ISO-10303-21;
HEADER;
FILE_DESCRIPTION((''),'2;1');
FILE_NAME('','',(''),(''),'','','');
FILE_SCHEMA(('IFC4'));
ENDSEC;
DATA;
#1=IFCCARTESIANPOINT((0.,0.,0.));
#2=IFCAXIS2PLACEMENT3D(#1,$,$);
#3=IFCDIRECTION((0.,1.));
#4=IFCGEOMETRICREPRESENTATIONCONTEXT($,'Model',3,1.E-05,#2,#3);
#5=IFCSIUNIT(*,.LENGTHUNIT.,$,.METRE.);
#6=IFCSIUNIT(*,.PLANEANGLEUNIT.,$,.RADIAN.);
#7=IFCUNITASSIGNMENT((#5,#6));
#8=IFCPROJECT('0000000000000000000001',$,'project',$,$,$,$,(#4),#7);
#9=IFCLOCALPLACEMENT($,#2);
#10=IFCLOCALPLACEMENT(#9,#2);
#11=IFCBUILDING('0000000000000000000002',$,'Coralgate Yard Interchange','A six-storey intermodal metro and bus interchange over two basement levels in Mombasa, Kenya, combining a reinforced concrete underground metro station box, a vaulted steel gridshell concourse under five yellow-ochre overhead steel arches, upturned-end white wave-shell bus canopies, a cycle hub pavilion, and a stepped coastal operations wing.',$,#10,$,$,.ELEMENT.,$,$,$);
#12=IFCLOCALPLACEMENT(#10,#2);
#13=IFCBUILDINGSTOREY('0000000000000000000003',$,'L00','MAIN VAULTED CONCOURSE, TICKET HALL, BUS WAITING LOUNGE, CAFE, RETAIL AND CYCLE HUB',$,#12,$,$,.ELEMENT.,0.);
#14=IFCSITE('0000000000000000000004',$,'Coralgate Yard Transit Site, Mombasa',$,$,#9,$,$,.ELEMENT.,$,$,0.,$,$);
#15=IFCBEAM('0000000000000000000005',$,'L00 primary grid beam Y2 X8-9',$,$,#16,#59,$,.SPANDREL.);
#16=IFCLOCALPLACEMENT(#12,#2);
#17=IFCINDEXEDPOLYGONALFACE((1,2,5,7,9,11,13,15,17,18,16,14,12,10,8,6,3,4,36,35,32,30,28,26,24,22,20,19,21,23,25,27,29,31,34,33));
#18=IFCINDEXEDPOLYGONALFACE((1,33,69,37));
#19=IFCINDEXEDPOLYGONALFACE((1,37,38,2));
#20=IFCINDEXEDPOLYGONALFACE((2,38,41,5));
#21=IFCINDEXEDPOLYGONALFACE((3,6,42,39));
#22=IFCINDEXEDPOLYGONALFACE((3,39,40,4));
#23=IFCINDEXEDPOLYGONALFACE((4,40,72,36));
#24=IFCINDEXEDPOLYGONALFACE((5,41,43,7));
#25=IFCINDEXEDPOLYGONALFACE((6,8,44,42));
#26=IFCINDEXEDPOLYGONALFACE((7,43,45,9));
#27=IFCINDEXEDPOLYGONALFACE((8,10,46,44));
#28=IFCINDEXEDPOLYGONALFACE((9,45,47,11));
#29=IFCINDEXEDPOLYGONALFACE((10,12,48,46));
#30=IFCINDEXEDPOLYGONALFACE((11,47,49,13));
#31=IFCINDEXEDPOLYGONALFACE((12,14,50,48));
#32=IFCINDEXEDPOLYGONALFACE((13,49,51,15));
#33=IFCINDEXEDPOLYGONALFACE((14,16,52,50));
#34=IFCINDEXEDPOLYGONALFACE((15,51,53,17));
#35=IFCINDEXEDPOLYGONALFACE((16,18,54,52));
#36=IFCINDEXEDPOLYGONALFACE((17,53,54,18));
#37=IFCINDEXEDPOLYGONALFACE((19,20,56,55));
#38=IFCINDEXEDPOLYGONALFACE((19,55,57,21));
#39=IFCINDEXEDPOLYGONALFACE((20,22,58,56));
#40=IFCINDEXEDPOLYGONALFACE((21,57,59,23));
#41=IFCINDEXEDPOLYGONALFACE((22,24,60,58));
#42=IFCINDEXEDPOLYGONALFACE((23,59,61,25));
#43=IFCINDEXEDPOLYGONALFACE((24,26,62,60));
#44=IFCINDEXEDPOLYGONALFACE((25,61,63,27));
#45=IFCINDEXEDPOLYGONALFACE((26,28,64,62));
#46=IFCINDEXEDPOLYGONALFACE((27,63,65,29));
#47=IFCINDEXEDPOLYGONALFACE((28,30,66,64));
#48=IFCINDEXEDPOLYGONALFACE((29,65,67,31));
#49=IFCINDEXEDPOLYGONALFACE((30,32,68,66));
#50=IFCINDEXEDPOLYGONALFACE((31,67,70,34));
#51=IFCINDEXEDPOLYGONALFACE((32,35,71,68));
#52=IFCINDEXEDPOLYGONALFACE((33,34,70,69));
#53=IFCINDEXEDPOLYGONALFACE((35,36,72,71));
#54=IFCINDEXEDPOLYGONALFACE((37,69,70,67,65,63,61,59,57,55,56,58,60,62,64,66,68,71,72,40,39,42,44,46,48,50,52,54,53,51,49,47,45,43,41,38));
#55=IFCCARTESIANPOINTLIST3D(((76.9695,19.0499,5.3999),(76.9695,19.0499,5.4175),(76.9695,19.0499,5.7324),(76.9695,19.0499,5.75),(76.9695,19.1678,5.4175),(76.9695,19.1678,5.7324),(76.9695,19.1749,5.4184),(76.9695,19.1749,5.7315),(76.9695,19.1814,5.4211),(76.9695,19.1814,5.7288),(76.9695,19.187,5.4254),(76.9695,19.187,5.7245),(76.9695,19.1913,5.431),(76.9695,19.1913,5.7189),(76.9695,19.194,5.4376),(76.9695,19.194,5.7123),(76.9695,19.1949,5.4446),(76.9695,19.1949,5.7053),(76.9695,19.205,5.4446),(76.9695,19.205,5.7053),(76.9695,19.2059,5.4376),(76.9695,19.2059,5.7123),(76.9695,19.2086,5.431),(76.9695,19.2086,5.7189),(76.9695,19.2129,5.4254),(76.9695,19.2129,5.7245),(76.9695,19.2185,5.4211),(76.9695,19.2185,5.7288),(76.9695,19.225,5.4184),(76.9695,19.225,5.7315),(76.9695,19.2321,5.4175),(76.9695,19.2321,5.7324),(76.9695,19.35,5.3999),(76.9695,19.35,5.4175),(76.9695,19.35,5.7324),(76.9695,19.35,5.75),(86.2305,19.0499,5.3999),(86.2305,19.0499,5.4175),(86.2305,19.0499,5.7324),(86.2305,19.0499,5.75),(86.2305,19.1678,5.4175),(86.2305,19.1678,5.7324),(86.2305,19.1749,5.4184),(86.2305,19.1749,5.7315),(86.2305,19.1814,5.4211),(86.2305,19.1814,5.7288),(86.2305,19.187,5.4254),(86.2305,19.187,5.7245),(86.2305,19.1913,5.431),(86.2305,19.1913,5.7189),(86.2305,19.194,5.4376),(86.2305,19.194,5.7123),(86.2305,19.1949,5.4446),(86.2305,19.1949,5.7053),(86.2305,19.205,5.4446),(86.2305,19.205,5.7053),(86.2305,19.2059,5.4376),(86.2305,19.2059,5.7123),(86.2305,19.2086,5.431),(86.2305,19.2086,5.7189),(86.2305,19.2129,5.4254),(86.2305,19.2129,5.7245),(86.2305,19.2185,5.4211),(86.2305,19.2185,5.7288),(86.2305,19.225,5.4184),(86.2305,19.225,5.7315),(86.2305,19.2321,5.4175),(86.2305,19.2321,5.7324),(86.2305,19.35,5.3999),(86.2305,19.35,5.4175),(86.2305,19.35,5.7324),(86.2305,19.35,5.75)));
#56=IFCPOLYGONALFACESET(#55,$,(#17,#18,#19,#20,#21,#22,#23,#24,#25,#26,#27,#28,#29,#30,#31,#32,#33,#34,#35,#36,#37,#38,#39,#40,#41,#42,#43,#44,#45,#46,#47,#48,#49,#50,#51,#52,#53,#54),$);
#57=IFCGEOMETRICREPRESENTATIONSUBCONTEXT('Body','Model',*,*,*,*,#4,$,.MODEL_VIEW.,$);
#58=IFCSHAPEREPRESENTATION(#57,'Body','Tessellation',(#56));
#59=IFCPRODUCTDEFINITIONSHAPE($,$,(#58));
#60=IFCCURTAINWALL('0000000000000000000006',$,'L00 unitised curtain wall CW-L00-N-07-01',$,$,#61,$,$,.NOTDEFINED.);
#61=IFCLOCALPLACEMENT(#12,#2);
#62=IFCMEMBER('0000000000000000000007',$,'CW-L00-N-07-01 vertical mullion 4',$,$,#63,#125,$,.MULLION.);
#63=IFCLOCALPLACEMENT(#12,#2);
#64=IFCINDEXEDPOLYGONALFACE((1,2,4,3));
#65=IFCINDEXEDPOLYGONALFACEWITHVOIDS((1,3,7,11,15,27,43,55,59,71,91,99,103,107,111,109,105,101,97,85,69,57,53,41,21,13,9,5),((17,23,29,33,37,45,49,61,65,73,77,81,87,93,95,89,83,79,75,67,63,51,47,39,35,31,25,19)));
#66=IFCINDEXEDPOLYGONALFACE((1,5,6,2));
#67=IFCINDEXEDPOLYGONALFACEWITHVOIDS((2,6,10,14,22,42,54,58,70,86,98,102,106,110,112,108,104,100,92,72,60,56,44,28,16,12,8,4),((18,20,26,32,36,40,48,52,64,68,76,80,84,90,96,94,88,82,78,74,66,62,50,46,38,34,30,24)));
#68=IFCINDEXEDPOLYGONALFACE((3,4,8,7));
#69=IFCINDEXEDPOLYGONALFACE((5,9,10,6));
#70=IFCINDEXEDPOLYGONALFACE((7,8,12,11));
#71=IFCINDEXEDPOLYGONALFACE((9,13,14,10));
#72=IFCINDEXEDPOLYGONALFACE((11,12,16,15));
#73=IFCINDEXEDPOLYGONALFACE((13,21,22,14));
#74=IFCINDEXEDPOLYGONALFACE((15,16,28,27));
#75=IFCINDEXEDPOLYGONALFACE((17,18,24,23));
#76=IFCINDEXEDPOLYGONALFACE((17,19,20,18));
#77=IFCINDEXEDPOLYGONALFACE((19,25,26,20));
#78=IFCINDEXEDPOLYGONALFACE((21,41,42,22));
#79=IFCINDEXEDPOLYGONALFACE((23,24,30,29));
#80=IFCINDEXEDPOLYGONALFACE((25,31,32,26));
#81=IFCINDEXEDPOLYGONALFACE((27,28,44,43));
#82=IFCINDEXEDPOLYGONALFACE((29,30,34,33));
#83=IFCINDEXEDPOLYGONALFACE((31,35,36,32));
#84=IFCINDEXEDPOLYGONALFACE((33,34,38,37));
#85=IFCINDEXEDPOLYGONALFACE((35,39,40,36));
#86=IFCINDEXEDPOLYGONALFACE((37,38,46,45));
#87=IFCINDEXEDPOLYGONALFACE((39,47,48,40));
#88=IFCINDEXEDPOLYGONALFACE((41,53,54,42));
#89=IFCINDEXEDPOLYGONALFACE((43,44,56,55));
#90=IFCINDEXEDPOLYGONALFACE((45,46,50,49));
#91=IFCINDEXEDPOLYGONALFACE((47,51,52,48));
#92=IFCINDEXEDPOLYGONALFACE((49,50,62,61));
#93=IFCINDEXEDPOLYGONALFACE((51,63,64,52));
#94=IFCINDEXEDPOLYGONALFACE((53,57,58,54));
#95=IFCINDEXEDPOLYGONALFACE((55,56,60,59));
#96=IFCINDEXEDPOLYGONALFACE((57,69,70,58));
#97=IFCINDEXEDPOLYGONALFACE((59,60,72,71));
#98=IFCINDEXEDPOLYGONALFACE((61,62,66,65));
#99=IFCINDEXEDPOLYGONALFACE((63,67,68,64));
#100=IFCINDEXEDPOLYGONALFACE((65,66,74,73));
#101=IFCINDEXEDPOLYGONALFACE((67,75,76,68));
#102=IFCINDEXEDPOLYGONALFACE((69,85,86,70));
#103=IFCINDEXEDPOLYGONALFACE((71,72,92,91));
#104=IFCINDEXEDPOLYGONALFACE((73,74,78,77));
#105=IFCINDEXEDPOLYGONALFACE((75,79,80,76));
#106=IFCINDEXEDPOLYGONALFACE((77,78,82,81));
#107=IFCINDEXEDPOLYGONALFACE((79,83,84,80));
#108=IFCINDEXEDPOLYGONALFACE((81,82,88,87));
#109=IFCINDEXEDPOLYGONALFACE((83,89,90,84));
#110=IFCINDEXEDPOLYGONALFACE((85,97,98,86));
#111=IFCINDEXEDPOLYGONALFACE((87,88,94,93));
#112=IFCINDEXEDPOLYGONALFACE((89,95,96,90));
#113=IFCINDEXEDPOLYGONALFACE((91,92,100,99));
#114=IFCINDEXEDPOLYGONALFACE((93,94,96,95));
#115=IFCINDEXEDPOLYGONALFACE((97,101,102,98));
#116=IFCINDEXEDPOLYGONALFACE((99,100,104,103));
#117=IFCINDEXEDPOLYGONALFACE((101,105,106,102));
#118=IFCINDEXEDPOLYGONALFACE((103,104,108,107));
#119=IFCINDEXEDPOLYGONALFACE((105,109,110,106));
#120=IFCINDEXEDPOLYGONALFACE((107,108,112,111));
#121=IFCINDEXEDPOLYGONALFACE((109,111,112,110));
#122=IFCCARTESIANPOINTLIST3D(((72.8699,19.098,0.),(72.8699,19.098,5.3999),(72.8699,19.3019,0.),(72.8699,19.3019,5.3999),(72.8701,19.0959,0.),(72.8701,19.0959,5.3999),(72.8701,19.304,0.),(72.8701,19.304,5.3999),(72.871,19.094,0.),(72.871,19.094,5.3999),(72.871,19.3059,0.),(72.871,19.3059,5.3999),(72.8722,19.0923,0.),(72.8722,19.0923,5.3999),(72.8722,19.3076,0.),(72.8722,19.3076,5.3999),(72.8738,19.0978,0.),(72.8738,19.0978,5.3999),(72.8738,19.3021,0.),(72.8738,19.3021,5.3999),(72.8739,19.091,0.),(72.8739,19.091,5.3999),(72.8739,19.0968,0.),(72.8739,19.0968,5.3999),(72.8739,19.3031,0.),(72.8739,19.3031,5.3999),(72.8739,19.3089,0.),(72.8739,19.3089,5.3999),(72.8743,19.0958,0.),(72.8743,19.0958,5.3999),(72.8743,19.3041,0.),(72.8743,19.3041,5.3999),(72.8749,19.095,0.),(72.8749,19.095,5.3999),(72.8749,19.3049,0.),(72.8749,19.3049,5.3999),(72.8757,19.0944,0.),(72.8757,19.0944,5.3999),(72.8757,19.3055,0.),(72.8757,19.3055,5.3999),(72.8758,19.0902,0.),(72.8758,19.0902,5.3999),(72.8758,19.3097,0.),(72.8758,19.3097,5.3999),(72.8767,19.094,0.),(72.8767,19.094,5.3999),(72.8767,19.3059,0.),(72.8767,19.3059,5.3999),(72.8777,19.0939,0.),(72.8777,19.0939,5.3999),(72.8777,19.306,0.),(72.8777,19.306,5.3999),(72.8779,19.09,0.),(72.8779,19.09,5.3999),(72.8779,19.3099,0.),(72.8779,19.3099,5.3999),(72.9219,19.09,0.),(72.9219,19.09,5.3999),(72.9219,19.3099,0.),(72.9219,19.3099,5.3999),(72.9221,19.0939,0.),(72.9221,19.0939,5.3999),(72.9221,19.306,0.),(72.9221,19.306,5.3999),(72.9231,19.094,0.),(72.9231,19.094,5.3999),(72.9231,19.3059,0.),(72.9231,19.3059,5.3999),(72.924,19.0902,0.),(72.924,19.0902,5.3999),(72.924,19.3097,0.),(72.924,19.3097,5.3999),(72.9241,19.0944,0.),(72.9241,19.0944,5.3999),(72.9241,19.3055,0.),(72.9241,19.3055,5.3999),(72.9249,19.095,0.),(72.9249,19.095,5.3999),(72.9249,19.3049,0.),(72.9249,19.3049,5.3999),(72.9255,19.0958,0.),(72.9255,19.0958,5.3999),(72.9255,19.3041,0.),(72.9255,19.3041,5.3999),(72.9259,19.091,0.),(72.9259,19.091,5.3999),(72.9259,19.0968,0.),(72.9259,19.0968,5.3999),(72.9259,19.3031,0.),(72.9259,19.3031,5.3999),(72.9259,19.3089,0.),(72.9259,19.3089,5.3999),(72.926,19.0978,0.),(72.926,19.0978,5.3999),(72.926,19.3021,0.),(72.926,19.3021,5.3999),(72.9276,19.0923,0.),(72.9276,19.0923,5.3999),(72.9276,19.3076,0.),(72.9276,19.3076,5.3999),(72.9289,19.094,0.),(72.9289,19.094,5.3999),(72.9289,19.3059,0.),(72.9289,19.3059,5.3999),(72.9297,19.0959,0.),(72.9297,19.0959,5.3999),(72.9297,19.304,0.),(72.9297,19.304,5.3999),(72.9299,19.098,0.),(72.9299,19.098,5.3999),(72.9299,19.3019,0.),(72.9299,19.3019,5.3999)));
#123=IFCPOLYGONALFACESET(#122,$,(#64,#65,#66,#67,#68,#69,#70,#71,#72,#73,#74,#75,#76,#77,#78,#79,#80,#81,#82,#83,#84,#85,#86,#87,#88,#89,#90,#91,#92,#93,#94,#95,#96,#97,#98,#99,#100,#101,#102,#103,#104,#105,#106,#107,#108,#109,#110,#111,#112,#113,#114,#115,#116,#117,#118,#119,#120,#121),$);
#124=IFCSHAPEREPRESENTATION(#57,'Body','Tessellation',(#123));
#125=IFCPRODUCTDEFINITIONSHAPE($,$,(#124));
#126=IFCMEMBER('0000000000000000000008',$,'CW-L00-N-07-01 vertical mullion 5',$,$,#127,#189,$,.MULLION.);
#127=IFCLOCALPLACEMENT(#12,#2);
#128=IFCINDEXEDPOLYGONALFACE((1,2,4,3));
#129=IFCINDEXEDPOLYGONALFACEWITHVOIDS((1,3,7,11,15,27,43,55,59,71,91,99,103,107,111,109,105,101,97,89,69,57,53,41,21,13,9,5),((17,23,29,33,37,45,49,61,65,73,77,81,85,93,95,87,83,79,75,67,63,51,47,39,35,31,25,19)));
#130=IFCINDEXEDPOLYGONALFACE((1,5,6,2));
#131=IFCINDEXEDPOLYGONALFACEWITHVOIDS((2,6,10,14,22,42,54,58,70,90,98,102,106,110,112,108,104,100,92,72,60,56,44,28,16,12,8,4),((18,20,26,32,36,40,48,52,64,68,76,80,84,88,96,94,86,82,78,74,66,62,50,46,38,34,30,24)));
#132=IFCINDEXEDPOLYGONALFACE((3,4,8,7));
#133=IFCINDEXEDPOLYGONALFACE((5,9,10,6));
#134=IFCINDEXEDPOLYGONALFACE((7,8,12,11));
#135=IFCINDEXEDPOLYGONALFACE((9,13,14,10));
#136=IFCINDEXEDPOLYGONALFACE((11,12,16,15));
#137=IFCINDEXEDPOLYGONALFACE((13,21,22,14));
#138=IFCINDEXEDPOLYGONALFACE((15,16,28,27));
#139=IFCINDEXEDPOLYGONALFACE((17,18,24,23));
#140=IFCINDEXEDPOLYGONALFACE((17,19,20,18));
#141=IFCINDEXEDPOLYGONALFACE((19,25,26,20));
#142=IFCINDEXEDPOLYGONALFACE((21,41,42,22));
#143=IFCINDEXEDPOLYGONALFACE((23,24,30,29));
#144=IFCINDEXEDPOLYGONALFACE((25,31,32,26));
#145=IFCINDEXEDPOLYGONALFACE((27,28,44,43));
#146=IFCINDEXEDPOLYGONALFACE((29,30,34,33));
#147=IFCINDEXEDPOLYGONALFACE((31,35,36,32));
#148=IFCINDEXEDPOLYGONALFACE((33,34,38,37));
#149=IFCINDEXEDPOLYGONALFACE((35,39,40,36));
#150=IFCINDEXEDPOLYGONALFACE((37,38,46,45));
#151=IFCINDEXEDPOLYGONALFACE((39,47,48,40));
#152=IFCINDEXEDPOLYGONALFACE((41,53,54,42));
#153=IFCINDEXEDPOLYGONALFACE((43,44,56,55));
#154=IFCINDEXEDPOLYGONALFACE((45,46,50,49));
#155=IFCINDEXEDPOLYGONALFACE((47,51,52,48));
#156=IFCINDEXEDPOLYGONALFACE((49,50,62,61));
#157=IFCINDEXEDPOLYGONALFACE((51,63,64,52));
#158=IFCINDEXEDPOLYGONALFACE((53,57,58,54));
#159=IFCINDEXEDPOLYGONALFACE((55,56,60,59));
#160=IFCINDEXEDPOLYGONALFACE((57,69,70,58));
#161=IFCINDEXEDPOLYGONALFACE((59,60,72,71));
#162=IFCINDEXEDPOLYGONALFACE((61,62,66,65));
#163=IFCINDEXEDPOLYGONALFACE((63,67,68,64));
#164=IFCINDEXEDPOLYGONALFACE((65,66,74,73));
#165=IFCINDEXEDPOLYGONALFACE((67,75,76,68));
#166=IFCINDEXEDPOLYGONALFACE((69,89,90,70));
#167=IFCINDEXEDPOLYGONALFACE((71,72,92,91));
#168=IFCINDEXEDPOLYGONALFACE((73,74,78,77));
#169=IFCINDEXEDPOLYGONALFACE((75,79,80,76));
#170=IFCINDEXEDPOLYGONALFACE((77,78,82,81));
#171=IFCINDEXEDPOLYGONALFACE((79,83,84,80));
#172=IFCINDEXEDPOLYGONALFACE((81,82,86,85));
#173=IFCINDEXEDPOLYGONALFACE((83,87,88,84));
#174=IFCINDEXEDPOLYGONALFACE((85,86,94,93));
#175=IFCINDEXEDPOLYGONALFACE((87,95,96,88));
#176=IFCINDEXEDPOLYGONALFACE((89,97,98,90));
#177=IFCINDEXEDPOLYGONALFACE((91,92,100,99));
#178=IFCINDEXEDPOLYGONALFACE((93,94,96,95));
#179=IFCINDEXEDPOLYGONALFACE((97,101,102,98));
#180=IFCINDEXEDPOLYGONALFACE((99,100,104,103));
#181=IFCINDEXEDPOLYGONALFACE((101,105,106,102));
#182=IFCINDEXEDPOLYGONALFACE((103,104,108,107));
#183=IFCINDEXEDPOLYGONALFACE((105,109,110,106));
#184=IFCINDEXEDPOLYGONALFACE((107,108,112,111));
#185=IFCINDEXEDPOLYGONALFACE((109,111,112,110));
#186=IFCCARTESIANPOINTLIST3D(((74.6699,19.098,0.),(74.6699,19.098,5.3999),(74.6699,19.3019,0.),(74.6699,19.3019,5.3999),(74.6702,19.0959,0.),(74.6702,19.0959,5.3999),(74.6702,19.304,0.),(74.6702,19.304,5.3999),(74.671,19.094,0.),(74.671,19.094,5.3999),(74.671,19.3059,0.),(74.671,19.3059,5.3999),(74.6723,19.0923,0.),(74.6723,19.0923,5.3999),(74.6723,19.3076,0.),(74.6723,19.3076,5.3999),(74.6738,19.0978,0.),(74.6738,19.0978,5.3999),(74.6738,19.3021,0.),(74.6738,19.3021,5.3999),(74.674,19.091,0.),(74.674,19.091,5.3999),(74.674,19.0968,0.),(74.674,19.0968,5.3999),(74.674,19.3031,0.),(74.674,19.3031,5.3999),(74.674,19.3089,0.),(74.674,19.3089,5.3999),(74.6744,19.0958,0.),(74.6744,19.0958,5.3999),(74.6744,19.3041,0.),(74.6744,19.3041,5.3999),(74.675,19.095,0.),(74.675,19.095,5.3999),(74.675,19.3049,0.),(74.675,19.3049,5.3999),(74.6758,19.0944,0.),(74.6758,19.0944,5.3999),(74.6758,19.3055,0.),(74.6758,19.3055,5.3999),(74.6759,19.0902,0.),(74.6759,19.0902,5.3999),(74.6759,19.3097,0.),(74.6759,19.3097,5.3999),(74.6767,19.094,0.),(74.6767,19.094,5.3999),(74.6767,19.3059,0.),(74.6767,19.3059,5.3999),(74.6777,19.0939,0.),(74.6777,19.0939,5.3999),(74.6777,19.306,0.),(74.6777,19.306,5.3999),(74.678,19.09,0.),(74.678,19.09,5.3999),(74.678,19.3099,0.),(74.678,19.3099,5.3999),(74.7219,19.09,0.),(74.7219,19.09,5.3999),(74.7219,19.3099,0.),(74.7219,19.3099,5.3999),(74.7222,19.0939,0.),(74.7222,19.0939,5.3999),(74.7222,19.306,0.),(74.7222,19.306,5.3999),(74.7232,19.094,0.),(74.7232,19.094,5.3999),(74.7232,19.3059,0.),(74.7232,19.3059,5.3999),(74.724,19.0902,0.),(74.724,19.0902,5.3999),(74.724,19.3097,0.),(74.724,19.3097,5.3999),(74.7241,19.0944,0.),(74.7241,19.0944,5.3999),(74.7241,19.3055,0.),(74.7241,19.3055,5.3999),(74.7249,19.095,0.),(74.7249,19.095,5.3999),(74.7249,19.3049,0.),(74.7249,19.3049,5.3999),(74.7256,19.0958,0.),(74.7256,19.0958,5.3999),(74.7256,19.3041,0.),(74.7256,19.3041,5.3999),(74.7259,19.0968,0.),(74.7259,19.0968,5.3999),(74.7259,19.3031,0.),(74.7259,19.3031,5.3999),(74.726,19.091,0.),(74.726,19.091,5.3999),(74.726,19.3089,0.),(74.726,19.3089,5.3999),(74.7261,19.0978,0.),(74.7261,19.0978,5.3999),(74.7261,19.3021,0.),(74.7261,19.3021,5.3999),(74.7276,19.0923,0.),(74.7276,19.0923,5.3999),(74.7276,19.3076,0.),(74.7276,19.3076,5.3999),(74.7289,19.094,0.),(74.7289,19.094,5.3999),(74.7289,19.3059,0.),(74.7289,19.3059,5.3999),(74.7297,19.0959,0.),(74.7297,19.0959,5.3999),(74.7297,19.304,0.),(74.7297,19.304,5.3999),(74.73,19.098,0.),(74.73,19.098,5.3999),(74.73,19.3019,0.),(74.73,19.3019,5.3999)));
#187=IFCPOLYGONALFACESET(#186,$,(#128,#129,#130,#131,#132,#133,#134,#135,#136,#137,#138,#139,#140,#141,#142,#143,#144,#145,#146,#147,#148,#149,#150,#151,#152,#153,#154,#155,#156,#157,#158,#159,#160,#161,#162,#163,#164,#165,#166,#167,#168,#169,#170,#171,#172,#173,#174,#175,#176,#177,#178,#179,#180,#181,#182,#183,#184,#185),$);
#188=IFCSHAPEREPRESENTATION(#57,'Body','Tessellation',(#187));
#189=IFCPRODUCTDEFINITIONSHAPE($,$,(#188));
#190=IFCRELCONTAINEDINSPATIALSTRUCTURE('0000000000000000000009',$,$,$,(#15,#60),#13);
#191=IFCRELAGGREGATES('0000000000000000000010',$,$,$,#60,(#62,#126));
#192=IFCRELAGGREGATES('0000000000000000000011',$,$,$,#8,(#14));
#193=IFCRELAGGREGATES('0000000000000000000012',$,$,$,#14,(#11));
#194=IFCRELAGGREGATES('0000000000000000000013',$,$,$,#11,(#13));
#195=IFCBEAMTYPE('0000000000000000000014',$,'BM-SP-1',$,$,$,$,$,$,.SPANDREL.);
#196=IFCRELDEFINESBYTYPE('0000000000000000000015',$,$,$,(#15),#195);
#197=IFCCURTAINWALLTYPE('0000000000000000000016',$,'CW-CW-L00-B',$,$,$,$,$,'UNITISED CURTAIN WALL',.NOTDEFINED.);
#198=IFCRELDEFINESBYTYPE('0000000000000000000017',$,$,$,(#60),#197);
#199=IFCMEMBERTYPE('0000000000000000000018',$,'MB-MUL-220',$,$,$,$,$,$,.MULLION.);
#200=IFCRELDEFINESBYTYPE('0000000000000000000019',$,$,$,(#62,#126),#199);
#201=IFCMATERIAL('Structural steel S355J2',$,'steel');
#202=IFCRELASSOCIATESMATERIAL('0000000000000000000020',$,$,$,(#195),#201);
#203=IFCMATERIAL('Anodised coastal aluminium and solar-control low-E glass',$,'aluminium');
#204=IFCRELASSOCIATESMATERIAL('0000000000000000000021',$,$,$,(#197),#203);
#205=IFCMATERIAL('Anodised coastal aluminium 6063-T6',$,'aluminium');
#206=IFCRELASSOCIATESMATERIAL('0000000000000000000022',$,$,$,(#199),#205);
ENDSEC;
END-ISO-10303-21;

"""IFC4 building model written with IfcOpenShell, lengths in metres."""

from ifc_helpers import new_model, si_unit, direction, frame, origin, origin_2d, place, context, subcontext, project, spatial, hollow_rectangle, i_section, extrude, material, material_profile, profile_set, type_object, element, aggregate, save


model = new_model("IFC4")

# Units and contexts
model_context = context("Model", 3, precision=1e-05, world=origin(), true_north=direction((0.0, 1.0)))
body_context = subcontext(model_context, "Body", "Model", "MODEL_VIEW")
ifc_project = project(units=[si_unit("LENGTHUNIT", "METRE"), si_unit("PLANEANGLEUNIT", "RADIAN")], contexts=[model_context])

# Site, building, storey
site_placement = place(None, origin())
site = spatial("IfcSite", under=ifc_project, at=site_placement, Name="Coralgate Yard Transit Site, Mombasa", CompositionType="ELEMENT", RefElevation=0.0)
building_placement = place(site_placement, origin())
building = spatial("IfcBuilding", under=site, at=building_placement, Name="Coralgate Yard Interchange", Description="A six-storey intermodal metro and bus interchange over two basement levels in Mombasa, Kenya, combining a reinforced concrete underground metro station box, a vaulted steel gridshell concourse under five yellow-ochre overhead steel arches, upturned-end white wave-shell bus canopies, a cycle hub pavilion, and a stepped coastal operations wing.", CompositionType="ELEMENT")
storey_placement = place(building_placement, origin())
storey = spatial("IfcBuildingStorey", under=building, at=storey_placement, Name="L00", Description="MAIN VAULTED CONCOURSE, TICKET HALL, BUS WAITING LOUNGE, CAFE, RETAIL AND CYCLE HUB", CompositionType="ELEMENT", Elevation=0.0)

# Shared definitions
ifc_material_1 = material(Name="Structural steel S355J2", Category="steel")

# Beam
ifc_material_profile_1 = material_profile(ifc_material_1, i_section(OverallWidth=0.3, OverallDepth=0.3501, WebThickness=0.01, FlangeThickness=0.0176, FilletRadius=0.0271, at=origin_2d()), Name="HEA 360")
ifc_profile_set_1 = profile_set([ifc_material_profile_1], Name="Structural steel S355J2")
beam_type_1 = type_object("IfcBeamType", Name="BM-SP-1", PredefinedType="SPANDREL", material=ifc_profile_set_1)
beam_1_placement = place(storey_placement, frame((76.9695, 19.2, 5.575), z_axis=(1.0, 0.0, 0.0), x_axis=(0.0, 1.0, 0.0)))
element("IfcBeam", 1, at=beam_1_placement, inside=storey, type_object=beam_type_1, Name="L00 primary grid beam Y2 X8-9", PredefinedType="SPANDREL", context=body_context, shape_type="SweptSolid", body=[
    extrude(i_section(OverallWidth=0.3, OverallDepth=0.3501, WebThickness=0.01, FlangeThickness=0.0176, FilletRadius=0.0271, at=origin_2d()), origin(), (0.0, 0.0, 1.0), 9.261),
])

# Curtain wall, members
ifc_material_2 = material(Name="Anodised coastal aluminium and solar-control low-E glass", Category="aluminium")
curtain_wall_type = type_object("IfcCurtainWallType", Name="CW-CW-L00-B", ElementType="UNITISED CURTAIN WALL", PredefinedType="NOTDEFINED", material=ifc_material_2)
curtain_wall_1_placement = place(storey_placement, origin())
curtain_wall_1 = element("IfcCurtainWall", 2, at=curtain_wall_1_placement, inside=storey, type_object=curtain_wall_type, Name="L00 unitised curtain wall CW-L00-N-07-01", PredefinedType="NOTDEFINED")
ifc_material_3 = material(Name="Anodised coastal aluminium 6063-T6", Category="aluminium")
ifc_material_profile_2 = material_profile(ifc_material_3, hollow_rectangle(XDim=0.0601, YDim=0.22, WallThickness=0.0039, InnerFilletRadius=0.0039, OuterFilletRadius=0.0081, at=origin_2d()), Name="ALU 60x220x4")
ifc_profile_set_2 = profile_set([ifc_material_profile_2], Name="Anodised coastal aluminium 6063-T6")
member_type_1 = type_object("IfcMemberType", Name="MB-MUL-220", PredefinedType="MULLION", material=ifc_profile_set_2)
member_1_placement = place(storey_placement, frame((72.8999, 19.2, 0.0), z_axis=(0.0, 0.0, 1.0), x_axis=(1.0, 0.0, 0.0)))
member_1 = element("IfcMember", 3, at=member_1_placement, type_object=member_type_1, Name="CW-L00-N-07-01 vertical mullion 4", PredefinedType="MULLION", context=body_context, shape_type="SweptSolid", body=[
    extrude(hollow_rectangle(XDim=0.0601, YDim=0.22, WallThickness=0.0039, InnerFilletRadius=0.0039, OuterFilletRadius=0.0081, at=origin_2d()), origin(), (0.0, 0.0, 1.0), 5.3999),
])
member_2_placement = place(storey_placement, frame((74.7, 19.2, 0.0), z_axis=(0.0, 0.0, 1.0), x_axis=(1.0, 0.0, 0.0)))
member_2 = element("IfcMember", 4, at=member_2_placement, type_object=member_type_1, Name="CW-L00-N-07-01 vertical mullion 5", PredefinedType="MULLION", context=body_context, shape_type="SweptSolid", body=[
    extrude(hollow_rectangle(XDim=0.0601, YDim=0.22, WallThickness=0.0039, InnerFilletRadius=0.0039, OuterFilletRadius=0.0081, at=origin_2d()), origin(), (0.0, 0.0, 1.0), 5.3999),
])

aggregate(curtain_wall_1, [member_1, member_2])

save(model, "model.ifc")
